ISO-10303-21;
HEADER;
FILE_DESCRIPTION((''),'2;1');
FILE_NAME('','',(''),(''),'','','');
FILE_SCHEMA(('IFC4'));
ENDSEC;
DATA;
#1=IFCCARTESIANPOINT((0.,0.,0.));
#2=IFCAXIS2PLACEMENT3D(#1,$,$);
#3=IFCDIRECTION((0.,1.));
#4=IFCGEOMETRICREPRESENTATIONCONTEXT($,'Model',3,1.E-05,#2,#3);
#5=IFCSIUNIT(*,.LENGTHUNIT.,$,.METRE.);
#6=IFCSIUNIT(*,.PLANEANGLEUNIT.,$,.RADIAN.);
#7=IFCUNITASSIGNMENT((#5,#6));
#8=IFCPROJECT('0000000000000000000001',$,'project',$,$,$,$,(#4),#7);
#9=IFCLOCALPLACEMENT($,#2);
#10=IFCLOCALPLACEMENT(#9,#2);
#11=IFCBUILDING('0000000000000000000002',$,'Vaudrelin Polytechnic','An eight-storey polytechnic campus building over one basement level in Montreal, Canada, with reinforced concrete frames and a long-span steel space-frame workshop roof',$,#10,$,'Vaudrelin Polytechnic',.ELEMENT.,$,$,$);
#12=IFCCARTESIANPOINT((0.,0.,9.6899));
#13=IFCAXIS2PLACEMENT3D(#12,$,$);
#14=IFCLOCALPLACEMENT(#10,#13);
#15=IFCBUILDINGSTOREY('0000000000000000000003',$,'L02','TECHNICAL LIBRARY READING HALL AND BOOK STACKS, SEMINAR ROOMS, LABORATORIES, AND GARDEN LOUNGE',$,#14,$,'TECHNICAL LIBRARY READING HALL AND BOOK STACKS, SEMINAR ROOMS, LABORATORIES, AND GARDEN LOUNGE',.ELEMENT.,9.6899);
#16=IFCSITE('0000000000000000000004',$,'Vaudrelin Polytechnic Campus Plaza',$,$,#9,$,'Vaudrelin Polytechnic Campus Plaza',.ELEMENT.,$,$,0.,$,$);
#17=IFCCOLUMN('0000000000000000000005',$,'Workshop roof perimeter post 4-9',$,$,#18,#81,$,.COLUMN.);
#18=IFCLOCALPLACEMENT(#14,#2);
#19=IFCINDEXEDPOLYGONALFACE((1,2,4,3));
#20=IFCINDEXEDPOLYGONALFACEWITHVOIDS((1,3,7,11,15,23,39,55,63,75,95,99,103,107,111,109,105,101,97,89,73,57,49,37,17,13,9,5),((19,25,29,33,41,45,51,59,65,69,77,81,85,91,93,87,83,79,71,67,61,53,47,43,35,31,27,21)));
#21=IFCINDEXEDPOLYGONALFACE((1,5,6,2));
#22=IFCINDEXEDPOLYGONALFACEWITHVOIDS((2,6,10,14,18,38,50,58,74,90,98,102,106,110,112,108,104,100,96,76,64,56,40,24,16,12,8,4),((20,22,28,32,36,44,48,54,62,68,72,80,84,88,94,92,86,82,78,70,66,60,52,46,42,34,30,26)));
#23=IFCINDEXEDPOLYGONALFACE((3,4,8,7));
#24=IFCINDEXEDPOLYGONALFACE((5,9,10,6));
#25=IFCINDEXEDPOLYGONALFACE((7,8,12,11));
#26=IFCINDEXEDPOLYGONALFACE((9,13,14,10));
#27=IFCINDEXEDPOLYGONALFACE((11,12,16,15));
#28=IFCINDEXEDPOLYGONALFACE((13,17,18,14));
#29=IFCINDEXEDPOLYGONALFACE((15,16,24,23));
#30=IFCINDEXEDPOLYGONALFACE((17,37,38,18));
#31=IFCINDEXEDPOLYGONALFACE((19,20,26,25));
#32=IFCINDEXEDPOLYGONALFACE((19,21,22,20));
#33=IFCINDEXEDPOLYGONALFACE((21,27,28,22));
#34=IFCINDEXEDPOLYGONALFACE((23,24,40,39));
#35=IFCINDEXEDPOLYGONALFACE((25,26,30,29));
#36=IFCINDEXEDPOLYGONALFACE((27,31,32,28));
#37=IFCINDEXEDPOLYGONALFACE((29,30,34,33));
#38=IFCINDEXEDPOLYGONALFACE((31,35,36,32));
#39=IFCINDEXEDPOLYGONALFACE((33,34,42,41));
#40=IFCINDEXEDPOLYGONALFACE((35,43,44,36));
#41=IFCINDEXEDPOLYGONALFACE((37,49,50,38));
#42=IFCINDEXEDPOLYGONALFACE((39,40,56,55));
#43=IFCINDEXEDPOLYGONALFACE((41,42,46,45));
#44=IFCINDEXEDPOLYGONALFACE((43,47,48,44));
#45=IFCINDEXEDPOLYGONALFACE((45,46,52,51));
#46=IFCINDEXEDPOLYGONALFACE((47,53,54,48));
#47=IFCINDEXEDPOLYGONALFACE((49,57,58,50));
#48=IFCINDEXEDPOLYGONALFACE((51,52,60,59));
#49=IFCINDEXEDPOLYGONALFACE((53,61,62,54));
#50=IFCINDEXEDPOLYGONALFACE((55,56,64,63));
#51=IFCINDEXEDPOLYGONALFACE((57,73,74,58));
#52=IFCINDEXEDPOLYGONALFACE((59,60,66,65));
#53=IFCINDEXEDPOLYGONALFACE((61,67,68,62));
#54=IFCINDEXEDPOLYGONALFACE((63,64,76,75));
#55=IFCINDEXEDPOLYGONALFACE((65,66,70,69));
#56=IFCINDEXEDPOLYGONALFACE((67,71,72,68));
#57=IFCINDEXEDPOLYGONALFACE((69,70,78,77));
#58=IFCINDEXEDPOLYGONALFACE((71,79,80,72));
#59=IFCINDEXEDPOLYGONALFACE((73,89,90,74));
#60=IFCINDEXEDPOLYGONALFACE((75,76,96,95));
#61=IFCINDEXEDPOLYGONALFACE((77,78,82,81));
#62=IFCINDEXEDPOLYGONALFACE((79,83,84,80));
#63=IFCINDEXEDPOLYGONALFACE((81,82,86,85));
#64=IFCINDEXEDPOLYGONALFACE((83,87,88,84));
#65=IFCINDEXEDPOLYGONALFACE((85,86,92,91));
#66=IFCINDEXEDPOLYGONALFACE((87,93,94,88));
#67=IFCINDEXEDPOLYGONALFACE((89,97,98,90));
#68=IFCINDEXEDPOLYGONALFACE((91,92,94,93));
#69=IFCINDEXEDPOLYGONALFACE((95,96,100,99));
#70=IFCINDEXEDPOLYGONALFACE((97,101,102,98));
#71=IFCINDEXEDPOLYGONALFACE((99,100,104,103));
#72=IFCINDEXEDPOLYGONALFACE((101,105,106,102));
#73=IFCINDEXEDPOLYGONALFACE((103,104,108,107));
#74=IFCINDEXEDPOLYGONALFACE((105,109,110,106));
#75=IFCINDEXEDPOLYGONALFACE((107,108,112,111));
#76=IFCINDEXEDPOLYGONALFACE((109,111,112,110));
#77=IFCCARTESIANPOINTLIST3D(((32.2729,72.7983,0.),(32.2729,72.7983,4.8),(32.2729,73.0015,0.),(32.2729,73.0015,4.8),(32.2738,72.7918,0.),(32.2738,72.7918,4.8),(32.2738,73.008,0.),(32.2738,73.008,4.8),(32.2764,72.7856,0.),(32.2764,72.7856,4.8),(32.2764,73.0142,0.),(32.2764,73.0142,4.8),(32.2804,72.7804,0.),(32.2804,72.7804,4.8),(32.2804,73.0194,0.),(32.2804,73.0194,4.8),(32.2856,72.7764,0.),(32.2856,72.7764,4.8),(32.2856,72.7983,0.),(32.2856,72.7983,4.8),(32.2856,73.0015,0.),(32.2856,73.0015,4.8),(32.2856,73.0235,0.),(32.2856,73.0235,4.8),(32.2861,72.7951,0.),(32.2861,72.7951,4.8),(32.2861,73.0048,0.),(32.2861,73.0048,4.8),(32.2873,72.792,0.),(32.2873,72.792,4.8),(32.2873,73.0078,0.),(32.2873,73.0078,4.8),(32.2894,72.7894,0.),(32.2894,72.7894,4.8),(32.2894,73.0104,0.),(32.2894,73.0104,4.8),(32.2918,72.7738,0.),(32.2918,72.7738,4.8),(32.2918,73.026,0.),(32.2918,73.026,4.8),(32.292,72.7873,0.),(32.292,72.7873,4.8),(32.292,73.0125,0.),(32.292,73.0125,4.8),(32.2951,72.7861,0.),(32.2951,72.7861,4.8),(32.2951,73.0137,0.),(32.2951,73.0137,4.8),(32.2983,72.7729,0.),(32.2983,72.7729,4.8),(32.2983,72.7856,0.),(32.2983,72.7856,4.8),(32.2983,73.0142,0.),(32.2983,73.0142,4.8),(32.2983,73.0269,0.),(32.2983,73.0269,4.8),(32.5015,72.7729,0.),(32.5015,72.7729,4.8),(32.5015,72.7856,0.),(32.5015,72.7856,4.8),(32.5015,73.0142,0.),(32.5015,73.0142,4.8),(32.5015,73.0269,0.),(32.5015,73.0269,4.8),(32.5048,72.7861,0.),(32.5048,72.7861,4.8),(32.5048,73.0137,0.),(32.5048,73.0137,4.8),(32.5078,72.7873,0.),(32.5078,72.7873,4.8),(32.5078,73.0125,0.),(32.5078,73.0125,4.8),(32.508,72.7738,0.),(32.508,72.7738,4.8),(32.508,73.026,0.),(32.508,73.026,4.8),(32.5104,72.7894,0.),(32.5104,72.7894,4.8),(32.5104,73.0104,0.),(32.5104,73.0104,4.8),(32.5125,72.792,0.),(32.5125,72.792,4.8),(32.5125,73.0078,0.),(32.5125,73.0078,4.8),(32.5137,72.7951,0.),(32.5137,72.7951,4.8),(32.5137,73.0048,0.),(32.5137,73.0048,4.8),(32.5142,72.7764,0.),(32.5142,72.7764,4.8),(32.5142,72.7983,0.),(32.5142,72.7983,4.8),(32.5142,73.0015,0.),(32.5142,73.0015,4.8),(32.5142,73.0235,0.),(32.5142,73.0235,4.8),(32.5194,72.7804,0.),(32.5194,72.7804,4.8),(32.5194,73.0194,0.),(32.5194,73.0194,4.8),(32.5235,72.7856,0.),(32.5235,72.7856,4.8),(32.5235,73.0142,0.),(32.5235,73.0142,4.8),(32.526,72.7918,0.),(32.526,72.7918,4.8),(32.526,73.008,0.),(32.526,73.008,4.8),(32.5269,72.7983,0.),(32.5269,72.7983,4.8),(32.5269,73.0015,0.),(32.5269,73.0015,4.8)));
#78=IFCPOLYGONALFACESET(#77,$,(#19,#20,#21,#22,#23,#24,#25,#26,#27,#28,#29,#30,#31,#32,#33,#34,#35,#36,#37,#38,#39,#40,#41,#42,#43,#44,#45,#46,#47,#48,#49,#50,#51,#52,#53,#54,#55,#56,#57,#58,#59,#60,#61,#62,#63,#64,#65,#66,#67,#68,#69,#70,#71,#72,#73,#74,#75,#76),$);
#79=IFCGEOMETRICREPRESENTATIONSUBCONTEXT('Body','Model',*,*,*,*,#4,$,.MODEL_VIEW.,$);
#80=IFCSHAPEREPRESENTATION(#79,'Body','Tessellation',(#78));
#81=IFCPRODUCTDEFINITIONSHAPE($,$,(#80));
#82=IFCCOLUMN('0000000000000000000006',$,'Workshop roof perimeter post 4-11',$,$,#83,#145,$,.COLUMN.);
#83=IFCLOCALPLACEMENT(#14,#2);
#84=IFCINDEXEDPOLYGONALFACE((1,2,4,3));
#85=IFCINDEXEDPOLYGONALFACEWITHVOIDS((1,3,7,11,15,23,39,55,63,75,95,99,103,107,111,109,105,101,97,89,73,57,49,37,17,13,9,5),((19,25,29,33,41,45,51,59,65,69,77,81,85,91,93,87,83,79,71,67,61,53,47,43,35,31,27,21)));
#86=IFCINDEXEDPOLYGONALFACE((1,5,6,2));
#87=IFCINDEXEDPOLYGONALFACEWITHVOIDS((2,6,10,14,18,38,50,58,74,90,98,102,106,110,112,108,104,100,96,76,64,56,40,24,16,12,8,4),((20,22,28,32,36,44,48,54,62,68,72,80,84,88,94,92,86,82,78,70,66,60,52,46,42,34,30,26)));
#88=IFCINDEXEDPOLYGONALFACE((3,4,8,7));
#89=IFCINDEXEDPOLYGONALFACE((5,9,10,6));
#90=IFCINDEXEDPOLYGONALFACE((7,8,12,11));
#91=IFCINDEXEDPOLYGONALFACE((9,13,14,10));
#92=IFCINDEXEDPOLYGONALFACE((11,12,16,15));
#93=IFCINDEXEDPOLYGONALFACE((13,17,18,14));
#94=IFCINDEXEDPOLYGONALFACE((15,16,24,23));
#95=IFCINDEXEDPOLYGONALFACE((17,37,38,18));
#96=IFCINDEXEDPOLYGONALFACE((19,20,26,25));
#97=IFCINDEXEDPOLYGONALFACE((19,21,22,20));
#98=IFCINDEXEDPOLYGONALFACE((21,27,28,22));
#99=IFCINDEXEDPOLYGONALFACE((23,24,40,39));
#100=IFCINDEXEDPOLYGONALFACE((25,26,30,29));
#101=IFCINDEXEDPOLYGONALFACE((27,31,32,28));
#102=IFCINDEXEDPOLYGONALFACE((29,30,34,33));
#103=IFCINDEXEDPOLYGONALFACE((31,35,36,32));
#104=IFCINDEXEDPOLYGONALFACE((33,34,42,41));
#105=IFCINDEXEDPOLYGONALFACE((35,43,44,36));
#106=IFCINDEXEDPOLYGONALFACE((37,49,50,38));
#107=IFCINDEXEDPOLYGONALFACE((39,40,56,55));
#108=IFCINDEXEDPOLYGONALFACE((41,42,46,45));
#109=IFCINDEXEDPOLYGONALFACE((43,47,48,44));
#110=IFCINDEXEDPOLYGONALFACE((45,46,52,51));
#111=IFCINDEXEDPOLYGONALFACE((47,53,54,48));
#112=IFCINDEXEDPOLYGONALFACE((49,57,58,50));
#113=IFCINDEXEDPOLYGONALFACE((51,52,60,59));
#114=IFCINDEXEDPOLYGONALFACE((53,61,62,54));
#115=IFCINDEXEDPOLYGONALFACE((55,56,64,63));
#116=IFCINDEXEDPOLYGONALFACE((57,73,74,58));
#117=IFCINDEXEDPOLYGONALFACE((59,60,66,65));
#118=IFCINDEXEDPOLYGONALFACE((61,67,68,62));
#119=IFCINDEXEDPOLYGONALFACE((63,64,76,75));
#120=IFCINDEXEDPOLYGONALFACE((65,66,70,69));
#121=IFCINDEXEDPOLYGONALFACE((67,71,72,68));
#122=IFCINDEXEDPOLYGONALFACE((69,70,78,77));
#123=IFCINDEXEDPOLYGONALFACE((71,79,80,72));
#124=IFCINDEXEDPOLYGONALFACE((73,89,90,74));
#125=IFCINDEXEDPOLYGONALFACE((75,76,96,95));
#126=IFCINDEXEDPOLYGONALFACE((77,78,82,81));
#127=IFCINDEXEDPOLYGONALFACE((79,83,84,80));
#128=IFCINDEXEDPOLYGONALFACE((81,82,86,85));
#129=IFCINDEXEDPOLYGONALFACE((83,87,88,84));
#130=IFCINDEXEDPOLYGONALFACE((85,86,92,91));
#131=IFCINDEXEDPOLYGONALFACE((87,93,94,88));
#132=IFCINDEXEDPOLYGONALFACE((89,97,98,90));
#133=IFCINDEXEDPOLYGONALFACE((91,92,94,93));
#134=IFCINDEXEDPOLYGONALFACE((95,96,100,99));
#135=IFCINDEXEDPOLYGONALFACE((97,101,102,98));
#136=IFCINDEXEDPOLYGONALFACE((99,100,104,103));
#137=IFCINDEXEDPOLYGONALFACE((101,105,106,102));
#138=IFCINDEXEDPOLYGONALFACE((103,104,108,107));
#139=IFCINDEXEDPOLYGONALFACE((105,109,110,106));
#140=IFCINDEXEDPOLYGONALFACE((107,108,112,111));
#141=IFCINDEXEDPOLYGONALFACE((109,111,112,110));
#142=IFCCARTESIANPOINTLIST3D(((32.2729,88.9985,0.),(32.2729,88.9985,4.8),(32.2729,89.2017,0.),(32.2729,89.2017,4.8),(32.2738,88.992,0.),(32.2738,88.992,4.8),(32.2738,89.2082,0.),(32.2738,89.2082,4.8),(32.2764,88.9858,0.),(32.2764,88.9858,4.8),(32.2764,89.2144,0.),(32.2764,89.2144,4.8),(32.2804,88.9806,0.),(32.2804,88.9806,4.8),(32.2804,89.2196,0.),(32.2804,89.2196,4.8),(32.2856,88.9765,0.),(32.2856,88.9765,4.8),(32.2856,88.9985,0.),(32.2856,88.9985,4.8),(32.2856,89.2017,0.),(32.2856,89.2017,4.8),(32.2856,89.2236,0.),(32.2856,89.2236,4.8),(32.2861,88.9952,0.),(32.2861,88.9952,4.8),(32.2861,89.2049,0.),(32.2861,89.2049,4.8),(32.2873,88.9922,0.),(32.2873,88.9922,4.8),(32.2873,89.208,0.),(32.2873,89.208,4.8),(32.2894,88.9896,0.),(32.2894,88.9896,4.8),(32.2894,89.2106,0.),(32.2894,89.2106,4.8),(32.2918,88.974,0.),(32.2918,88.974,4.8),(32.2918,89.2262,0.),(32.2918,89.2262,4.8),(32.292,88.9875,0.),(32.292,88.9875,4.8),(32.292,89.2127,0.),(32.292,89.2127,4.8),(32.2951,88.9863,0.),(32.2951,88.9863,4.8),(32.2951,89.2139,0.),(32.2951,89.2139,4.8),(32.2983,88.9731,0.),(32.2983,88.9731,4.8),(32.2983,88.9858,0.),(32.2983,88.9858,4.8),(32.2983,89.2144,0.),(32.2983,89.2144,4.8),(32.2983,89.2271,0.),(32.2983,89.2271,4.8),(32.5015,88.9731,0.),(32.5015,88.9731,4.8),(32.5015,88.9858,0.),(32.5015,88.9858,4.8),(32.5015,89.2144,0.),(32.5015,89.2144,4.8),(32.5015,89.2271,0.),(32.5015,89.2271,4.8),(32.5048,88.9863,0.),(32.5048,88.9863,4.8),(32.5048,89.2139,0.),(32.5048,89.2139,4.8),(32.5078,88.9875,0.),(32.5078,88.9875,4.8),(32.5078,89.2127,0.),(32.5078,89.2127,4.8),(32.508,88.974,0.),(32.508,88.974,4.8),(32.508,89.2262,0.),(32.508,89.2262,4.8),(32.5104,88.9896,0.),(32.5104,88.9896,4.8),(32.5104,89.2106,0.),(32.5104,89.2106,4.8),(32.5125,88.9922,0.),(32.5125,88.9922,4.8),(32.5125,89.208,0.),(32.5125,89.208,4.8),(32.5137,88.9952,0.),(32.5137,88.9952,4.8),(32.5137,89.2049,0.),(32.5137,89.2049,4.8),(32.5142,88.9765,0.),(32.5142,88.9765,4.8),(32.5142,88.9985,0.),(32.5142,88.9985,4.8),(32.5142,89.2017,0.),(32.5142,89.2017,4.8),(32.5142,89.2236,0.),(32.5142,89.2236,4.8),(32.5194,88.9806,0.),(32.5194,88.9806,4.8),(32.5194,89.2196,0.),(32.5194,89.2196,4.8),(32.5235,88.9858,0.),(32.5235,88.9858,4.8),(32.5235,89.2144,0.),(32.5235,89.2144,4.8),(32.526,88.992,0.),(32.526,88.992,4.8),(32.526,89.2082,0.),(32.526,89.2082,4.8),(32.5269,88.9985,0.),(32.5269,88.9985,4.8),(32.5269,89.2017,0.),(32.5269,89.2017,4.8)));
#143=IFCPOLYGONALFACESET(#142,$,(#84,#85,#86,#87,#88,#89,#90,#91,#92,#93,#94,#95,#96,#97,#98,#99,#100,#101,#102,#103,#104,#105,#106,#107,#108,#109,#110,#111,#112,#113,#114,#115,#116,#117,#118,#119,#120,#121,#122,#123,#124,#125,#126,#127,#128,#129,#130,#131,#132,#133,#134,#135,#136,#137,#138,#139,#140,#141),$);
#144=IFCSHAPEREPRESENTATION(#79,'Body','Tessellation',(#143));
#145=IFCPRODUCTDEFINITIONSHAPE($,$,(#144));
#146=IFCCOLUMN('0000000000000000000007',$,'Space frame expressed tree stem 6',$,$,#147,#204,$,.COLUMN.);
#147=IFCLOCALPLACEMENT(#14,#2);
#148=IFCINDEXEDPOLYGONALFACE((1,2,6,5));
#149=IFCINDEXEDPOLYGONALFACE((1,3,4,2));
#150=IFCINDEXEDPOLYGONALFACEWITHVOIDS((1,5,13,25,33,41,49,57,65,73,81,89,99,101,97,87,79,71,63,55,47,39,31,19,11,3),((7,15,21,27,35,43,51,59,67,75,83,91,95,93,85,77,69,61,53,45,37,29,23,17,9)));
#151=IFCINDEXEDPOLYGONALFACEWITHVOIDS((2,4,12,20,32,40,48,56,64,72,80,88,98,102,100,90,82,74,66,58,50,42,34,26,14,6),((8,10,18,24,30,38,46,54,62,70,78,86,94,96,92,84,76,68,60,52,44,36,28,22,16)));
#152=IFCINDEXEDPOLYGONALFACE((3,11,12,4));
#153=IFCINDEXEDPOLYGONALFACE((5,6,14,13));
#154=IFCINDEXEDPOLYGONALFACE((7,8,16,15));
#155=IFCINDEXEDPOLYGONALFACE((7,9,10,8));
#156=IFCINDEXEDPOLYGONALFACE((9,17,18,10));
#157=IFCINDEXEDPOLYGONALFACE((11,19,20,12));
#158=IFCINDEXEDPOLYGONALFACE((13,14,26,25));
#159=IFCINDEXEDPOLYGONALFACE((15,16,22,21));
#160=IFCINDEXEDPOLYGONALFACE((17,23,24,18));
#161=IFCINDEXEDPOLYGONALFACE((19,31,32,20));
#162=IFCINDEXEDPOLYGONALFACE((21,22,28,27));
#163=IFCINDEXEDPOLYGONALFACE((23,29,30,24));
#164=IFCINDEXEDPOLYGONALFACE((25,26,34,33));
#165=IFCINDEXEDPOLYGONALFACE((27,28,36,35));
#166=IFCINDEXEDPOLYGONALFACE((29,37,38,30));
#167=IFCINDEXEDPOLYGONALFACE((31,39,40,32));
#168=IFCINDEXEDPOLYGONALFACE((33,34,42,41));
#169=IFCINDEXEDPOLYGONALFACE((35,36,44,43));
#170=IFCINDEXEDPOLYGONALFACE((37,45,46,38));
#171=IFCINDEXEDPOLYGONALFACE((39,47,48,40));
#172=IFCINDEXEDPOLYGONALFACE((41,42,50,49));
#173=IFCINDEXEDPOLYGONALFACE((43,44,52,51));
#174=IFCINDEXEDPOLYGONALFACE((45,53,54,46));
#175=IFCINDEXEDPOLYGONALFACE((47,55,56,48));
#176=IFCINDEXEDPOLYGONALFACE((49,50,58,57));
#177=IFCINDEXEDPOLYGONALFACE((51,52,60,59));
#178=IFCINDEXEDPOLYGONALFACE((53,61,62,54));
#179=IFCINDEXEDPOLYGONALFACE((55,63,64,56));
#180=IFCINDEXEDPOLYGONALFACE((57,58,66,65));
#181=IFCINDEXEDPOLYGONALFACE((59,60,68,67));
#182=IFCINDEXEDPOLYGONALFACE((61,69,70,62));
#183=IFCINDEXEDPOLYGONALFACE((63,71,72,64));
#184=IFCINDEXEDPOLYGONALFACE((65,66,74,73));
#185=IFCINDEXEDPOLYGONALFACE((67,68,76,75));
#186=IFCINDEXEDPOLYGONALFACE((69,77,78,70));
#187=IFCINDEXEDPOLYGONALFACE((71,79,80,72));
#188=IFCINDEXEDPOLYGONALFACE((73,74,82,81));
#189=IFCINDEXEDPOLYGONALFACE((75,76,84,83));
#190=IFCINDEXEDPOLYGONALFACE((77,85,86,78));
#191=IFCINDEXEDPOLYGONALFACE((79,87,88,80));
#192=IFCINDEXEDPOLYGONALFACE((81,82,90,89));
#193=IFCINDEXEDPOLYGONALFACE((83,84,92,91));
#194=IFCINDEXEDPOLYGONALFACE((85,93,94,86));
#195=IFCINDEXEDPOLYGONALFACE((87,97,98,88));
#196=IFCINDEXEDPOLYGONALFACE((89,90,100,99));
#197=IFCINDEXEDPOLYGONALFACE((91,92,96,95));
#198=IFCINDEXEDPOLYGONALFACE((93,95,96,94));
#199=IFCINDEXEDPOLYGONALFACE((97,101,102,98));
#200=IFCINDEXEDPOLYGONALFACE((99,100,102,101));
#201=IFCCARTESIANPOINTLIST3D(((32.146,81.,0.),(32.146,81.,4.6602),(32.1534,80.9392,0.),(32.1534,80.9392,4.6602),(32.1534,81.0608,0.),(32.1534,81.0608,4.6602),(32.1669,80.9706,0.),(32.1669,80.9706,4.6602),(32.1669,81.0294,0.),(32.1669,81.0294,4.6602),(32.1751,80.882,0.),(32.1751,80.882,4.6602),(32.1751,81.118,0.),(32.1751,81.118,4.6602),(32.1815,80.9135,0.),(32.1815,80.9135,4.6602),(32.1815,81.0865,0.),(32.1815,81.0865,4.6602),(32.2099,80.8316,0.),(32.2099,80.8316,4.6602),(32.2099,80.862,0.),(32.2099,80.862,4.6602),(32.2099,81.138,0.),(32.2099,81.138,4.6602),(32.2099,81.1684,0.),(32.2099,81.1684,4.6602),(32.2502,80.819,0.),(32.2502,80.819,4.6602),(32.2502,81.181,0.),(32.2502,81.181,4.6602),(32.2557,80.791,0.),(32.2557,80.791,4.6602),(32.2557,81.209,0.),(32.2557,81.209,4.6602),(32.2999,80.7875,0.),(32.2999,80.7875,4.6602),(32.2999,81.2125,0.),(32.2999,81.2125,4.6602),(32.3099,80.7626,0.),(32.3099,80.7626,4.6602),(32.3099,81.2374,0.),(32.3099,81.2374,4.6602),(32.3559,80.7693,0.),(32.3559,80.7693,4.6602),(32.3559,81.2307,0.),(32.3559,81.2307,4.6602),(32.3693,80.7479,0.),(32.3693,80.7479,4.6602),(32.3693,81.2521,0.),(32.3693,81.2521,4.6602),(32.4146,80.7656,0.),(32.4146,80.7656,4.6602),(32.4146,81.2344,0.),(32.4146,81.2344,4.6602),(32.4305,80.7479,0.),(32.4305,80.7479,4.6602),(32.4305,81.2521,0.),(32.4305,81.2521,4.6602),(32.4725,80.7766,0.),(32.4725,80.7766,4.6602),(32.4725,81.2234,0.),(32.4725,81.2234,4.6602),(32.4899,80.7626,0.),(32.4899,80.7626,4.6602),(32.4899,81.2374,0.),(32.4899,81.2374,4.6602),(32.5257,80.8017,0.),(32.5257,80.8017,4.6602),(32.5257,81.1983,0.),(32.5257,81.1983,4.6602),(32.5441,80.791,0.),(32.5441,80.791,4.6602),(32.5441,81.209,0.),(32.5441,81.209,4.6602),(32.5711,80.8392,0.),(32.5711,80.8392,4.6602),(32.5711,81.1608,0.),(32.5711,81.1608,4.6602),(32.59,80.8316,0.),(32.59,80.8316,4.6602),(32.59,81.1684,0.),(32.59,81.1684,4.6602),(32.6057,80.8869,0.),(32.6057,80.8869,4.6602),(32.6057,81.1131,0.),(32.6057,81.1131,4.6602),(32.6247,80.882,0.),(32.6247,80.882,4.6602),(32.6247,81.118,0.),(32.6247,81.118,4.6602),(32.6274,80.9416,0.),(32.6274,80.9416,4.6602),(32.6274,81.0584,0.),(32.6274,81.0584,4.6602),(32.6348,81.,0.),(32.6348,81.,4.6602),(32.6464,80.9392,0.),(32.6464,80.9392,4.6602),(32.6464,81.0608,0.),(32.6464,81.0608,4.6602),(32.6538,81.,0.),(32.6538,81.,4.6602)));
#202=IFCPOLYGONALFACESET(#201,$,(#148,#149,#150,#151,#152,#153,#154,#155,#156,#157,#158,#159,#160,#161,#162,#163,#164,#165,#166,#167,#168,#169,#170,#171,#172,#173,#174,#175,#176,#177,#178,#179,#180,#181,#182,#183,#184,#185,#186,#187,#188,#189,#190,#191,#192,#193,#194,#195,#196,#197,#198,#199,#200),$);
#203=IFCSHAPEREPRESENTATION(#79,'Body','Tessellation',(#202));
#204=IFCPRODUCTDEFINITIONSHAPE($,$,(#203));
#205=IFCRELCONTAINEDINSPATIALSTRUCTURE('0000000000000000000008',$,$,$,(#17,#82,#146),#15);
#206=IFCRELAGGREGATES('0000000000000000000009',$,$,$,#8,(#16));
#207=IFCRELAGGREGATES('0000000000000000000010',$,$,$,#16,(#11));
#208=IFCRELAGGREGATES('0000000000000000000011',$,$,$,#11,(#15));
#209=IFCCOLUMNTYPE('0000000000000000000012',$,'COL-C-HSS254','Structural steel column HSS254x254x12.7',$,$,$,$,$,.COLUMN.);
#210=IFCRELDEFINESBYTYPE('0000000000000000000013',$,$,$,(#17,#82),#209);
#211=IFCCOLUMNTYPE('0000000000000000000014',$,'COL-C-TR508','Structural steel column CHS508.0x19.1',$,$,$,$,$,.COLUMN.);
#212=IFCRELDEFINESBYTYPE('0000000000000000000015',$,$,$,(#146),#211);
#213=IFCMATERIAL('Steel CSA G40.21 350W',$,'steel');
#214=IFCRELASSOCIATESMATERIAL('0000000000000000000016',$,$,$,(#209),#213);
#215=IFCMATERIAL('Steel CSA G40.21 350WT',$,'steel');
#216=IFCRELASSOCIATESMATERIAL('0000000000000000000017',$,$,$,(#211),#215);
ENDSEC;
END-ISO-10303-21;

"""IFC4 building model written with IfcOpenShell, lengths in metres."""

from ifc_helpers import new_model, si_unit, direction, frame, origin, origin_2d, place, context, subcontext, project, spatial, hollow_rectangle, hollow_circle, extrude, material, material_profile, profile_set, type_object, element, save


model = new_model("IFC4")

# Units and contexts
model_context = context("Model", 3, precision=1e-05, world=origin(), true_north=direction((0.0, 1.0)))
body_context = subcontext(model_context, "Body", "Model", "MODEL_VIEW")
ifc_project = project(units=[si_unit("LENGTHUNIT", "METRE"), si_unit("PLANEANGLEUNIT", "RADIAN")], contexts=[model_context])

# Site, building, storey
site_placement = place(None, origin())
site = spatial("IfcSite", under=ifc_project, at=site_placement, Name="Vaudrelin Polytechnic Campus Plaza", LongName="Vaudrelin Polytechnic Campus Plaza", CompositionType="ELEMENT", RefElevation=0.0)
building_placement = place(site_placement, origin())
building = spatial("IfcBuilding", under=site, at=building_placement, Name="Vaudrelin Polytechnic", Description="An eight-storey polytechnic campus building over one basement level in Montreal, Canada, with reinforced concrete frames and a long-span steel space-frame workshop roof", LongName="Vaudrelin Polytechnic", CompositionType="ELEMENT")
storey_placement = place(building_placement, frame((0.0, 0.0, 9.6899)))
storey = spatial("IfcBuildingStorey", under=building, at=storey_placement, Name="L02", Description="TECHNICAL LIBRARY READING HALL AND BOOK STACKS, SEMINAR ROOMS, LABORATORIES, AND GARDEN LOUNGE", LongName="TECHNICAL LIBRARY READING HALL AND BOOK STACKS, SEMINAR ROOMS, LABORATORIES, AND GARDEN LOUNGE", CompositionType="ELEMENT", Elevation=9.6899)

# Columns
ifc_material_1 = material(Name="Steel CSA G40.21 350W", Category="steel")
ifc_material_profile_1 = material_profile(ifc_material_1, hollow_rectangle(XDim=0.2539, YDim=0.2539, WallThickness=0.0127, InnerFilletRadius=0.0127, OuterFilletRadius=0.0254, at=origin_2d()), Name="HSS254x254x12.7")
ifc_profile_set_1 = profile_set([ifc_material_profile_1], Name="Steel CSA G40.21 350W")
column_type_1 = type_object("IfcColumnType", Name="COL-C-HSS254", Description="Structural steel column HSS254x254x12.7", PredefinedType="COLUMN", material=ifc_profile_set_1)
for number, where, z_axis, x_axis, name in (
    (1, (32.3999, 72.8999, 0.0), (0.0, 0.0, 1.0), (1.0, 0.0, 0.0), "Workshop roof perimeter post 4-9"),
    (2, (32.3999, 89.1001, 0.0), (0.0, 0.0, 1.0), (1.0, 0.0, 0.0), "Workshop roof perimeter post 4-11"),
):
    element("IfcColumn", number, at=place(storey_placement, frame(where, z_axis=z_axis, x_axis=x_axis)), inside=storey, type_object=column_type_1, Name=name, PredefinedType="COLUMN", context=body_context, shape_type="SweptSolid", body=[
        extrude(hollow_rectangle(XDim=0.2539, YDim=0.2539, WallThickness=0.0127, InnerFilletRadius=0.0127, OuterFilletRadius=0.0254, at=origin_2d()), origin(), (0.0, 0.0, 1.0), 4.8),
    ])
ifc_material_2 = material(Name="Steel CSA G40.21 350WT", Category="steel")
ifc_material_profile_2 = material_profile(ifc_material_2, hollow_circle(Radius=0.2539, WallThickness=0.019, at=origin_2d()), Name="CHS508.0x19.1")
ifc_profile_set_2 = profile_set([ifc_material_profile_2], Name="Steel CSA G40.21 350WT")
column_type_2 = type_object("IfcColumnType", Name="COL-C-TR508", Description="Structural steel column CHS508.0x19.1", PredefinedType="COLUMN", material=ifc_profile_set_2)
column_placement = place(storey_placement, frame((32.3999, 81.0, 0.0), z_axis=(0.0, 0.0, 1.0), x_axis=(1.0, 0.0, 0.0)))
element("IfcColumn", 3, at=column_placement, inside=storey, type_object=column_type_2, Name="Space frame expressed tree stem 6", PredefinedType="COLUMN", context=body_context, shape_type="SweptSolid", body=[
    extrude(hollow_circle(Radius=0.2539, WallThickness=0.019, at=origin_2d()), origin(), (0.0, 0.0, 1.0), 4.6602),
])

save(model, "model.ifc")
